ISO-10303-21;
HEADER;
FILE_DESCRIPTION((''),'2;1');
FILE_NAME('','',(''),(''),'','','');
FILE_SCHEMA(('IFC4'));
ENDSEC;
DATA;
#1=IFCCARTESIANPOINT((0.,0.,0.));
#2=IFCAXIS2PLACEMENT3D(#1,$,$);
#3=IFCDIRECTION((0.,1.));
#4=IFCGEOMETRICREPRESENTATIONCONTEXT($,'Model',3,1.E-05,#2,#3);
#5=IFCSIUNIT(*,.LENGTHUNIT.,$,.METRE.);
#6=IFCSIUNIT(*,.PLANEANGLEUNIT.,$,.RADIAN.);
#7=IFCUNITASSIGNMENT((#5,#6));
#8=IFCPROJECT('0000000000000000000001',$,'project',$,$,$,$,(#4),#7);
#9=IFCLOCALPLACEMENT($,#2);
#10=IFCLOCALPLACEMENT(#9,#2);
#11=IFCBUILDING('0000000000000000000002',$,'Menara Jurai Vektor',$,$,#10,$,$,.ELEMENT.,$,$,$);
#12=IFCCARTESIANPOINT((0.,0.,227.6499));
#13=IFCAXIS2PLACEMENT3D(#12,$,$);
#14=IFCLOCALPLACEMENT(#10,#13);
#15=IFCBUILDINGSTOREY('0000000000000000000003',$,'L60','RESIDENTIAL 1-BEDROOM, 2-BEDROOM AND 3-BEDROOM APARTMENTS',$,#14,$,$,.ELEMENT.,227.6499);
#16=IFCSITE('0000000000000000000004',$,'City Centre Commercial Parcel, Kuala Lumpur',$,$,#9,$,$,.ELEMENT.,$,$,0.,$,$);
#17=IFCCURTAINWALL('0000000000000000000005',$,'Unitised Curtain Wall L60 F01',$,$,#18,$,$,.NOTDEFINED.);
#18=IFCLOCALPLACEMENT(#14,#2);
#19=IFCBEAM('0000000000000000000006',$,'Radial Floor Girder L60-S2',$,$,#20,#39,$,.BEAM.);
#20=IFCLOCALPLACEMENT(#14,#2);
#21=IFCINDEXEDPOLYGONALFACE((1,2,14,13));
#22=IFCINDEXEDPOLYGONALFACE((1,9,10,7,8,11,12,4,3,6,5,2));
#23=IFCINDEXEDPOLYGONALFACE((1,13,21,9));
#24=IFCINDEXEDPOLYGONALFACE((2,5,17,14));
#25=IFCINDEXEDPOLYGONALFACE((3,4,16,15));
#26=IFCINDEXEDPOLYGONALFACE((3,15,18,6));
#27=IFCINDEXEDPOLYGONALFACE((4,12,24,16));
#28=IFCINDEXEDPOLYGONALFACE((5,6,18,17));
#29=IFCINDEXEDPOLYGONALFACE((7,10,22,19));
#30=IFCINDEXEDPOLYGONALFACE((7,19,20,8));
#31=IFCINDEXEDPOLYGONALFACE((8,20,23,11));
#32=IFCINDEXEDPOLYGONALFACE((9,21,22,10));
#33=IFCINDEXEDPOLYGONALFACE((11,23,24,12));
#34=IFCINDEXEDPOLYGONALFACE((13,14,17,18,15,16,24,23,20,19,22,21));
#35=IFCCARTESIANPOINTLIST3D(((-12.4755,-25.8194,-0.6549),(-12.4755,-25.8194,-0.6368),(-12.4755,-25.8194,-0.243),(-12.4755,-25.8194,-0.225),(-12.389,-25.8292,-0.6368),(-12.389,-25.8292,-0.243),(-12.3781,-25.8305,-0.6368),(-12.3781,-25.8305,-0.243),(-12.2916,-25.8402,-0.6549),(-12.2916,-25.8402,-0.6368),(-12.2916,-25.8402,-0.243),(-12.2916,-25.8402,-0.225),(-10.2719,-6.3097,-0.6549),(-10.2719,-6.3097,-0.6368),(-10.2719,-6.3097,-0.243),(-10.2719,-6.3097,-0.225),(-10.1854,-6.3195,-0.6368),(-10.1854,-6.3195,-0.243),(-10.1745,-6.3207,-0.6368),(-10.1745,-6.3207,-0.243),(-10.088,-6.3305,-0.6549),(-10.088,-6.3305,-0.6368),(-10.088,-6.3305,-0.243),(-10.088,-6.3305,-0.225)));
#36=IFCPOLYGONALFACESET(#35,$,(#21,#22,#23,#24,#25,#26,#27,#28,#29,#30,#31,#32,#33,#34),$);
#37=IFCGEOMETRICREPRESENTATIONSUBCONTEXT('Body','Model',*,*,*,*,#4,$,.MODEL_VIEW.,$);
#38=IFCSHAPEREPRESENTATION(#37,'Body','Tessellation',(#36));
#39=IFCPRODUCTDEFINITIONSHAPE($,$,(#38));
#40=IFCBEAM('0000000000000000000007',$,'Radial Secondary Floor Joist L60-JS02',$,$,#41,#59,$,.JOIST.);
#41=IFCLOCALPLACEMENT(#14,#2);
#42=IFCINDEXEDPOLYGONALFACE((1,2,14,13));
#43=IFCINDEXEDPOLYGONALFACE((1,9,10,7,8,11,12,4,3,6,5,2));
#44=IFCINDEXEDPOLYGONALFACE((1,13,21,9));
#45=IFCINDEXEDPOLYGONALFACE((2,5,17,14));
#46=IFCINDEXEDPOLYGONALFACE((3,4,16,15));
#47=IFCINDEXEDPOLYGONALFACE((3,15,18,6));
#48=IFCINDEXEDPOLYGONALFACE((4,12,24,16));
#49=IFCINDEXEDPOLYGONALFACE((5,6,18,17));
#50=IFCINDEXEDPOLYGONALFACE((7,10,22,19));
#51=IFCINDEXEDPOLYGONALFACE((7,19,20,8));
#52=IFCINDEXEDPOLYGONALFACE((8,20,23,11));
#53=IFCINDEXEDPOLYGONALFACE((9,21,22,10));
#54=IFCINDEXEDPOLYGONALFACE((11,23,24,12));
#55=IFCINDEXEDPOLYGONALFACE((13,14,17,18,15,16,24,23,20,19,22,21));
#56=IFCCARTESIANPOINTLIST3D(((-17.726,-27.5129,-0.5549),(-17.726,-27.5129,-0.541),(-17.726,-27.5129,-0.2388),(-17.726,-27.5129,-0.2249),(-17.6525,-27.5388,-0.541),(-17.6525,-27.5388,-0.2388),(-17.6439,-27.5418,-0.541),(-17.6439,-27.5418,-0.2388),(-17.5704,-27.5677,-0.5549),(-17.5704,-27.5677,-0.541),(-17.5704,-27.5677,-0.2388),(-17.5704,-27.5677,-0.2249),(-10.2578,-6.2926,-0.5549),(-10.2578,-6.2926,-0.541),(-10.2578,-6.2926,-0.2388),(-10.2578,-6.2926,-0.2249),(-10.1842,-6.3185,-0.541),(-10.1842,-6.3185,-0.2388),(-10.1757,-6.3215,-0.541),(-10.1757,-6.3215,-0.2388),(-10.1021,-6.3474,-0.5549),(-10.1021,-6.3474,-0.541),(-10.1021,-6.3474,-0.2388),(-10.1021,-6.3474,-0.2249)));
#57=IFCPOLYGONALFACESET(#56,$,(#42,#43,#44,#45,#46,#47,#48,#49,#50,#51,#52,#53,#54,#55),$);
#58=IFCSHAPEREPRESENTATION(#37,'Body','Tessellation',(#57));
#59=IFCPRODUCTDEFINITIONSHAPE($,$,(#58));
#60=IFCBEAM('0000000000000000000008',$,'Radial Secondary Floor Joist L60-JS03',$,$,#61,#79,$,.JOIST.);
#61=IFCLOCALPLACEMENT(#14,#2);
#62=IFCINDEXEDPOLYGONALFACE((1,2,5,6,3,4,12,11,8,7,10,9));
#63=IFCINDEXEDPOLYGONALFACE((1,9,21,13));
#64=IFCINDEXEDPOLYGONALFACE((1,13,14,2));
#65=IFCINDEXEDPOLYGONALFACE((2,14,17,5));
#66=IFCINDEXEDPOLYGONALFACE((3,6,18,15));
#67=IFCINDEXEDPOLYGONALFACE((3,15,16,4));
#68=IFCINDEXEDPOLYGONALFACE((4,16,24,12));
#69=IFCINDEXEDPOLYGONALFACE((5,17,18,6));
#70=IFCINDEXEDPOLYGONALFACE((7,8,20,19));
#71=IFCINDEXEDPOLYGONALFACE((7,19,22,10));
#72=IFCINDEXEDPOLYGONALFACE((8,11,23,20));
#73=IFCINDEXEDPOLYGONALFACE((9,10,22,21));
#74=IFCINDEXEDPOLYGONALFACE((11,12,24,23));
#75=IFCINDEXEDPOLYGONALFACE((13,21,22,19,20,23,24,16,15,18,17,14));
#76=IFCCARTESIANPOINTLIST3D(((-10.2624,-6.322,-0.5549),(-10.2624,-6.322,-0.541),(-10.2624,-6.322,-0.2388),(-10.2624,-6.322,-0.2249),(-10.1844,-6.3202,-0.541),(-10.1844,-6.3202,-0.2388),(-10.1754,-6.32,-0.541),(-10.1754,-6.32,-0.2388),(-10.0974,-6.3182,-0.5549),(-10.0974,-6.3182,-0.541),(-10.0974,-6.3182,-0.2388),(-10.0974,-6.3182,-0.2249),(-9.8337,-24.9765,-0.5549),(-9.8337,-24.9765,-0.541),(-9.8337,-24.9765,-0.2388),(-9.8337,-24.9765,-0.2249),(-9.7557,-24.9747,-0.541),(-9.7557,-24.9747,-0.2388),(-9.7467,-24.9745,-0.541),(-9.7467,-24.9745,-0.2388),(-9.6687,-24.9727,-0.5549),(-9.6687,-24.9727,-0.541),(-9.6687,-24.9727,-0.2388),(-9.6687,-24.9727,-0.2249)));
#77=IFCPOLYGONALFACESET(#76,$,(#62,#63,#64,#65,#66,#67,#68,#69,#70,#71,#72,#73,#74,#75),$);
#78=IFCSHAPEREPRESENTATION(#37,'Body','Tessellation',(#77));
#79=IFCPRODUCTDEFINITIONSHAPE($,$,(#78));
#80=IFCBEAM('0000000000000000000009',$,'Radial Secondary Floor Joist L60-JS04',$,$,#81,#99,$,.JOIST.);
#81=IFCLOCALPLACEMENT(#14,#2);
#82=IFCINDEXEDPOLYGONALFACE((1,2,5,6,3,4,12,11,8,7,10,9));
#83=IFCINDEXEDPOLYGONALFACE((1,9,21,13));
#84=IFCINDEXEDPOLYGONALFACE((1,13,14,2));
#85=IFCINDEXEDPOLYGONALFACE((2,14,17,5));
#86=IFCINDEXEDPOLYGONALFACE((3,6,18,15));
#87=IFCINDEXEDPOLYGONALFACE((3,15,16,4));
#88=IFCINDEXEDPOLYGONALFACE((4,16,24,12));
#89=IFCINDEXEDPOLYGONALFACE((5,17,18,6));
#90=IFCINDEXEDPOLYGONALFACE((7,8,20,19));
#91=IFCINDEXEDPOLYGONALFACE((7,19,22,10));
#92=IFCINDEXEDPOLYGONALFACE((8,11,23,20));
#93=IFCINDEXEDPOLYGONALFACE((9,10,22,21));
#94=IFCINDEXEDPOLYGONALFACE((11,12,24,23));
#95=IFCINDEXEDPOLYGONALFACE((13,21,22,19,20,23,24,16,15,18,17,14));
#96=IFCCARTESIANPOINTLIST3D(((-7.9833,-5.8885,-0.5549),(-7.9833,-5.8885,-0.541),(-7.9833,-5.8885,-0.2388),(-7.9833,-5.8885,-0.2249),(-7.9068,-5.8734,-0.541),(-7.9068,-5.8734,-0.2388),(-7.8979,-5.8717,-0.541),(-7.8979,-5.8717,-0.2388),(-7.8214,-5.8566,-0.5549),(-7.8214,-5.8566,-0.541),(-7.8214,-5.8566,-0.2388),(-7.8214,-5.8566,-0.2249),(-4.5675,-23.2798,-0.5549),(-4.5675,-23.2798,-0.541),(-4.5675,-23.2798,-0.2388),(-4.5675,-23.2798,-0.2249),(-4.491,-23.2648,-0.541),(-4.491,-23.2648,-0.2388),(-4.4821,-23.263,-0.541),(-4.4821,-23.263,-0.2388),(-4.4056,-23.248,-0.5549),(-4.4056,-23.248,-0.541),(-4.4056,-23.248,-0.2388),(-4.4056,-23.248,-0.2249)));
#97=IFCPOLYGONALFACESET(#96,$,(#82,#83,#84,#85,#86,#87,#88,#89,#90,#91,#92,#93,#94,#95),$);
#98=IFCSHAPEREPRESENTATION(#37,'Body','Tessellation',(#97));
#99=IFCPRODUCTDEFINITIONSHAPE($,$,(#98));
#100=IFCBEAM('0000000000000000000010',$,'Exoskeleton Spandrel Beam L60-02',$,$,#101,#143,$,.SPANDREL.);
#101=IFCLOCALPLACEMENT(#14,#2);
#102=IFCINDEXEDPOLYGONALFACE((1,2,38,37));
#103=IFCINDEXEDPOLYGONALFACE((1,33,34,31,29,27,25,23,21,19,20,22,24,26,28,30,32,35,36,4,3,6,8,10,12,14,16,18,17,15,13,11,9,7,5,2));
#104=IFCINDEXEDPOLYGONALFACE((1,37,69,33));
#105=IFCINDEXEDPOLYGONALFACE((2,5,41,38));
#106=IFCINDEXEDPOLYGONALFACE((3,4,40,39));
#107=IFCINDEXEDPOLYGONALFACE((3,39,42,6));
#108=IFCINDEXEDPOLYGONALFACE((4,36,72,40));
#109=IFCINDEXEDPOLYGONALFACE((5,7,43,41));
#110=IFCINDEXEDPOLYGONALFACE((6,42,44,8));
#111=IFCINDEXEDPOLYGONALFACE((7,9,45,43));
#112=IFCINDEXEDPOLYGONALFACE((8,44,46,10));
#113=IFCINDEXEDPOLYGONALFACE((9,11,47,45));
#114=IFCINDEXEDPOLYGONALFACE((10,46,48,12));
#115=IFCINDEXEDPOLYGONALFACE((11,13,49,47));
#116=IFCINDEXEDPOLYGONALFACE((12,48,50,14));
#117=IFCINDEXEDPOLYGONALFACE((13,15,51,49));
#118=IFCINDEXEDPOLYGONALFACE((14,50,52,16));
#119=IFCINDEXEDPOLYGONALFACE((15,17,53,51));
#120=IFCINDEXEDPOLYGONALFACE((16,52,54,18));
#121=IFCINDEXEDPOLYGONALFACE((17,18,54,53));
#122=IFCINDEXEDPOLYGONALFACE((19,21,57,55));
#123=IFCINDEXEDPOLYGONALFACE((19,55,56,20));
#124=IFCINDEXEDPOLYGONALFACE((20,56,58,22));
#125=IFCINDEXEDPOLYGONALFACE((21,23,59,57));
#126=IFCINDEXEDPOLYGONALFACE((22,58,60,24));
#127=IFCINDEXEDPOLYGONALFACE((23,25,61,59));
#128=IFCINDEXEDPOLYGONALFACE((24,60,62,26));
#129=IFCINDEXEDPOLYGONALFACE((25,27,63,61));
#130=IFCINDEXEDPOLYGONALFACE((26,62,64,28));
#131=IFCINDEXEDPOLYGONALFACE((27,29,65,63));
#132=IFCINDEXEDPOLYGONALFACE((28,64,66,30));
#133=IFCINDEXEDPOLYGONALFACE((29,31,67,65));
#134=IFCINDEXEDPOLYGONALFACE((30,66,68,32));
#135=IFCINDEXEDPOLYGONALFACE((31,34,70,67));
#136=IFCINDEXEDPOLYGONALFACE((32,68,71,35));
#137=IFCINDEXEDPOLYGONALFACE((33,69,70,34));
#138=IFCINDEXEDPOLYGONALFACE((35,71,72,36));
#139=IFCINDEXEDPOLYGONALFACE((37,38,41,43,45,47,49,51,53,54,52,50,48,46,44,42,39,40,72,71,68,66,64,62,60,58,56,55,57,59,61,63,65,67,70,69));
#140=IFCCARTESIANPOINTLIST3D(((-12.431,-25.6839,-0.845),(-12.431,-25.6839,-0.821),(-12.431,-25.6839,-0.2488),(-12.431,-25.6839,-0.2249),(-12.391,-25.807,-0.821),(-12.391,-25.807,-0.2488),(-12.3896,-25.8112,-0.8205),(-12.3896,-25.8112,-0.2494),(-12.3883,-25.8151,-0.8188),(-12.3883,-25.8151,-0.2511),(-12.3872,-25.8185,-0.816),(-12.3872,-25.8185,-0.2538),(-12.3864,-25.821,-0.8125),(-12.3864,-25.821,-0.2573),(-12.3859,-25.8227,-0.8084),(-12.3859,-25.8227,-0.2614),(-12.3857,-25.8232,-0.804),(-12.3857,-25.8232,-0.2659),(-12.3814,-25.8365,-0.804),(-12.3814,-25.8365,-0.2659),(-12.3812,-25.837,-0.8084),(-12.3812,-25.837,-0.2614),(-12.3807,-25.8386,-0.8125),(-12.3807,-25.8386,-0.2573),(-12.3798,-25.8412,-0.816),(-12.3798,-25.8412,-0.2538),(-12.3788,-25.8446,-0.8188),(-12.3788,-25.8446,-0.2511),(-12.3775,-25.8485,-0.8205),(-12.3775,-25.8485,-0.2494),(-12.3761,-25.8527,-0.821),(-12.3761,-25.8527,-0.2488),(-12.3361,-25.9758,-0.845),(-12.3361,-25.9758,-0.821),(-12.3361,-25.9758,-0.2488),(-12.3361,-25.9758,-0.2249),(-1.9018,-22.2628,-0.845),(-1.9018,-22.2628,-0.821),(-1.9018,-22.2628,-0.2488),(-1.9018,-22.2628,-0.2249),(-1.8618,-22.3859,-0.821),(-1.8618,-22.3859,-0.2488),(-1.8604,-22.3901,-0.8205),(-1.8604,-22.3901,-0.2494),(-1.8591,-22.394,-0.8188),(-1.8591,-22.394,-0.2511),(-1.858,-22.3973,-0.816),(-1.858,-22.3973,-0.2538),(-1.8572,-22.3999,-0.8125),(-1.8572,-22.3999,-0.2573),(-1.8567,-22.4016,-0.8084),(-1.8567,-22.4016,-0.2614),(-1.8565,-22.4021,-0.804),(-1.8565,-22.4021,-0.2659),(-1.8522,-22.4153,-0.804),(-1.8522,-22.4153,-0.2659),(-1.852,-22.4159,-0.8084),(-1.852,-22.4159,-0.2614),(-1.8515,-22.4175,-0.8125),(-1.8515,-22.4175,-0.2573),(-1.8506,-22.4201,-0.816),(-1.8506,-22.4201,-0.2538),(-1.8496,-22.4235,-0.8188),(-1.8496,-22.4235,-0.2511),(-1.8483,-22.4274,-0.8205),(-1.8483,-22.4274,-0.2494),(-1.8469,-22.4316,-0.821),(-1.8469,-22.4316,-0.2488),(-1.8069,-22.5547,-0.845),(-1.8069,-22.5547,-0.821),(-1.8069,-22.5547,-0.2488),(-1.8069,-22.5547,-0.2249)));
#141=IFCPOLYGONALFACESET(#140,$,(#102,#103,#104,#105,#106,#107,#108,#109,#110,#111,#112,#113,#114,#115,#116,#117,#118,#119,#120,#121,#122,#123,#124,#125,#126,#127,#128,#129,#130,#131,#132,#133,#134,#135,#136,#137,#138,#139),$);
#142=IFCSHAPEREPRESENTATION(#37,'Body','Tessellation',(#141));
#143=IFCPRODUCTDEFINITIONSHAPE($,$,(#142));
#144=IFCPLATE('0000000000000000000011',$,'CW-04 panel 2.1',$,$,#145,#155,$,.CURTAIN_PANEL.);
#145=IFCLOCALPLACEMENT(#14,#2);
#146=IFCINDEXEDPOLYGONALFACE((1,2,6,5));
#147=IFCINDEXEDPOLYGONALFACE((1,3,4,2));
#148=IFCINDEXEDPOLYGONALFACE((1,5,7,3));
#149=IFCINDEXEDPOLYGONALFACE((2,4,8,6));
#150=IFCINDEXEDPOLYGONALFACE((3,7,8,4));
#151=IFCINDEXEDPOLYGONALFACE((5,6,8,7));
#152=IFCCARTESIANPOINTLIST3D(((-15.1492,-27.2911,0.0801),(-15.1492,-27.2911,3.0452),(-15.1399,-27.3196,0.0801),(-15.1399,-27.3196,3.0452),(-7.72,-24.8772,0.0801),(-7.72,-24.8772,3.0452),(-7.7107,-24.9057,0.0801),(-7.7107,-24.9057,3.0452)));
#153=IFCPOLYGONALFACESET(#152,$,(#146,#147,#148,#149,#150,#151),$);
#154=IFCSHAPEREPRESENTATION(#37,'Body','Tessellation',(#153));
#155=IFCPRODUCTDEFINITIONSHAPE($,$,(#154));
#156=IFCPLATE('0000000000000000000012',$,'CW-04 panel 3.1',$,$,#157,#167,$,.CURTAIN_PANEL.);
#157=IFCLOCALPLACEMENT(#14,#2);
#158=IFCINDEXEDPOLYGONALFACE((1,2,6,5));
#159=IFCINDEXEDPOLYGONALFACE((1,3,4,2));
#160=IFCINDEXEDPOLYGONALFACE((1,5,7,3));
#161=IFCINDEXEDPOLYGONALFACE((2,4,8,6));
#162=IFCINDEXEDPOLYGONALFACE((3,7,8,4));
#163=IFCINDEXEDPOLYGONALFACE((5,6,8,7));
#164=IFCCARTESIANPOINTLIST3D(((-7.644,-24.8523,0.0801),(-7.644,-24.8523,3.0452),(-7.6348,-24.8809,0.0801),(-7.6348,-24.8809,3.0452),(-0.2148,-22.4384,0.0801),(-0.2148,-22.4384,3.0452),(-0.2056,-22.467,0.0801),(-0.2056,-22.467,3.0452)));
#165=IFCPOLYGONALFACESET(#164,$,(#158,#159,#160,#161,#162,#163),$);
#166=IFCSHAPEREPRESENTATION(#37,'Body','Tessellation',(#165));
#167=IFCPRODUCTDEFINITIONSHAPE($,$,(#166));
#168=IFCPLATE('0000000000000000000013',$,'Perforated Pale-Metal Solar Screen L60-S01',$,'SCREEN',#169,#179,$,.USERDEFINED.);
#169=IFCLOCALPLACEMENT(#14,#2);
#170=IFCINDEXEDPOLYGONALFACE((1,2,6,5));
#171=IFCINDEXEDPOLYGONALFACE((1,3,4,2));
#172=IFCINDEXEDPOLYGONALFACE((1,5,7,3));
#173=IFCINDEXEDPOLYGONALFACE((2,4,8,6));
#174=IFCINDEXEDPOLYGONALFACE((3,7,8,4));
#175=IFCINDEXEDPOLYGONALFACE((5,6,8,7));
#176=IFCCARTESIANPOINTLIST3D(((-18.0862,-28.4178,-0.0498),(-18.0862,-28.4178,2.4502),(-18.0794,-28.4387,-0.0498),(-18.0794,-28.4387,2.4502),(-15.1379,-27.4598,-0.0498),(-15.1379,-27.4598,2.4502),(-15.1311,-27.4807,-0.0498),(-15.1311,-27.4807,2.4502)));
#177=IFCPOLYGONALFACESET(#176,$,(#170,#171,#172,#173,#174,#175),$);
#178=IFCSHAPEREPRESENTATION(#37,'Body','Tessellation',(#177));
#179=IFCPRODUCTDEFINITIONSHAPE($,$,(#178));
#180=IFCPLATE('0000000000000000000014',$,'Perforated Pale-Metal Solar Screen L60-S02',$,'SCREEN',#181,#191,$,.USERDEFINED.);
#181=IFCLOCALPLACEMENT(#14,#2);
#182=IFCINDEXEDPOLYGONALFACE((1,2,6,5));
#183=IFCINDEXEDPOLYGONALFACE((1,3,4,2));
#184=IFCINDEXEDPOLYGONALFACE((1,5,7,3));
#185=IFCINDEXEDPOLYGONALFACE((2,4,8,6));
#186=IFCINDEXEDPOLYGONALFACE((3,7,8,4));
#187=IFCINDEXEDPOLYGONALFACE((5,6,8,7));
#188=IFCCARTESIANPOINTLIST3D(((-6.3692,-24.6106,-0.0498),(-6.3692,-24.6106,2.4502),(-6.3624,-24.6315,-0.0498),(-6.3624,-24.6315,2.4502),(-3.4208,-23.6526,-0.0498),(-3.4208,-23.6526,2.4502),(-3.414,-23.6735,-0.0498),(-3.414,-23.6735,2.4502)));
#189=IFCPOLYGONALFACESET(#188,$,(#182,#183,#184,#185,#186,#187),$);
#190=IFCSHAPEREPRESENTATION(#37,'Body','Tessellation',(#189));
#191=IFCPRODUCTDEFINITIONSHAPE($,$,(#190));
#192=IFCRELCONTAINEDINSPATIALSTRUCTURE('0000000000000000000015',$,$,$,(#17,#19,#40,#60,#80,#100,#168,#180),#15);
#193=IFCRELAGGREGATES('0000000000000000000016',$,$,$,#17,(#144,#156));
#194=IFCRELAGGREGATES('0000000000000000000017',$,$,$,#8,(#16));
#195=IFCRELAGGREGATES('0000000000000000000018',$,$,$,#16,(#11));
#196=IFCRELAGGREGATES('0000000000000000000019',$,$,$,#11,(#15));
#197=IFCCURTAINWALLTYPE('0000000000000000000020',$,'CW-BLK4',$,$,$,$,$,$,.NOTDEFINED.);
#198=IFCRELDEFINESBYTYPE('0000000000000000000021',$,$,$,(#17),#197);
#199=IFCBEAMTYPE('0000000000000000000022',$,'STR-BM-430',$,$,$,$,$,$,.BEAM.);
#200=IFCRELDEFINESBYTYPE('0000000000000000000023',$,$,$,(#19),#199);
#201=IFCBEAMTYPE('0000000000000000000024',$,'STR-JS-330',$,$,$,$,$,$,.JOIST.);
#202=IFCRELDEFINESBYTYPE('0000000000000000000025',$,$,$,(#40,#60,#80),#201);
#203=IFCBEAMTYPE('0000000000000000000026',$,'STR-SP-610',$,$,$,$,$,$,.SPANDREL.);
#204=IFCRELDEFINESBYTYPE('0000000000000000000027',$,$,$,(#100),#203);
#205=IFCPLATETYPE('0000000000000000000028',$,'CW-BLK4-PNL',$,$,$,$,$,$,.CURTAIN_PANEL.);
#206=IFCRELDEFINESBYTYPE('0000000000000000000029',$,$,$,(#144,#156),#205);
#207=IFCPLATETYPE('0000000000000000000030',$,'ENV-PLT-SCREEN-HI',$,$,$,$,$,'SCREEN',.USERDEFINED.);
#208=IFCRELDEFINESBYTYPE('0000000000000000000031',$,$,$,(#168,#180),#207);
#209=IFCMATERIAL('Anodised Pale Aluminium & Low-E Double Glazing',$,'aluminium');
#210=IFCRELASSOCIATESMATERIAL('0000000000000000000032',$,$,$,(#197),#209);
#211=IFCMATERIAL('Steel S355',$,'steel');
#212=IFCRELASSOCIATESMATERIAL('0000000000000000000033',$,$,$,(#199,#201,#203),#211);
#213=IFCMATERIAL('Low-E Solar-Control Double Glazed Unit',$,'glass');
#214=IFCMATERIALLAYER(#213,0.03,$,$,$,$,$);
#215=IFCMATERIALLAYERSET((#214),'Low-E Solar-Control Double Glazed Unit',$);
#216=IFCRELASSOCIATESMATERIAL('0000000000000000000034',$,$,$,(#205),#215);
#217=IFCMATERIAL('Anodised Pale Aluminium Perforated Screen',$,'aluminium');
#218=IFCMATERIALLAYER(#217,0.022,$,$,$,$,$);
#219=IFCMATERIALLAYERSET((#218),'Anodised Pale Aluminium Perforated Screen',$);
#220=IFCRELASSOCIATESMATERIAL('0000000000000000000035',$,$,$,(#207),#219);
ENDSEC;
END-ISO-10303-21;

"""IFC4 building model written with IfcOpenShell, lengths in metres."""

from ifc_helpers import new_model, si_unit, direction, frame, origin, origin_2d, place, context, subcontext, project, spatial, rectangle, i_section, extrude, material, layer, layer_set, material_profile, profile_set, type_object, element, aggregate, save


model = new_model("IFC4")

# Units and contexts
model_context = context("Model", 3, precision=1e-05, world=origin(), true_north=direction((0.0, 1.0)))
body_context = subcontext(model_context, "Body", "Model", "MODEL_VIEW")
ifc_project = project(units=[si_unit("LENGTHUNIT", "METRE"), si_unit("PLANEANGLEUNIT", "RADIAN")], contexts=[model_context])

# Site, building, storey
site_placement = place(None, origin())
site = spatial("IfcSite", under=ifc_project, at=site_placement, Name="City Centre Commercial Parcel, Kuala Lumpur", CompositionType="ELEMENT", RefElevation=0.0)
building_placement = place(site_placement, origin())
building = spatial("IfcBuilding", under=site, at=building_placement, Name="Menara Jurai Vektor", CompositionType="ELEMENT")
storey_placement = place(building_placement, frame((0.0, 0.0, 227.6499)))
storey = spatial("IfcBuildingStorey", under=building, at=storey_placement, Name="L60", Description="RESIDENTIAL 1-BEDROOM, 2-BEDROOM AND 3-BEDROOM APARTMENTS", CompositionType="ELEMENT", Elevation=227.6499)

# Curtain wall
ifc_material_1 = material(Name="Anodised Pale Aluminium & Low-E Double Glazing", Category="aluminium")
curtain_wall_type = type_object("IfcCurtainWallType", Name="CW-BLK4", PredefinedType="NOTDEFINED", material=ifc_material_1)
curtain_wall_placement = place(storey_placement, origin())
curtain_wall = element("IfcCurtainWall", 1, at=curtain_wall_placement, inside=storey, type_object=curtain_wall_type, Name="Unitised Curtain Wall L60 F01", PredefinedType="NOTDEFINED")

# Beams
ifc_material_2 = material(Name="Steel S355", Category="steel")
ifc_material_profile_1 = material_profile(ifc_material_2, i_section(OverallWidth=0.1851, OverallDepth=0.4299, WebThickness=0.011, FlangeThickness=0.0181, at=origin_2d()), Name="PG 430x185x76")
ifc_profile_set_1 = profile_set([ifc_material_profile_1], Name="Steel S355")
beam_type_1 = type_object("IfcBeamType", Name="STR-BM-430", PredefinedType="BEAM", material=ifc_profile_set_1)
beam_1_placement = place(storey_placement, frame((-12.3835, -25.8298, -0.4399), z_axis=(0.112236, 0.993682, 0.0), x_axis=(-0.993682, 0.112236, 0.0)))
element("IfcBeam", 2, at=beam_1_placement, inside=storey, type_object=beam_type_1, Name="Radial Floor Girder L60-S2", PredefinedType="BEAM", context=body_context, shape_type="SweptSolid", body=[
    extrude(i_section(OverallWidth=0.1851, OverallDepth=0.4299, WebThickness=0.011, FlangeThickness=0.0181, at=origin_2d()), origin(), (0.0, 0.0, 1.0), 19.6338),
])
ifc_material_profile_2 = material_profile(ifc_material_2, i_section(OverallWidth=0.165, OverallDepth=0.3301, WebThickness=0.009, FlangeThickness=0.0139, at=origin_2d()), Name="PG 330x165x46")
ifc_profile_set_2 = profile_set([ifc_material_profile_2], Name="Steel S355")
beam_type_2 = type_object("IfcBeamType", Name="STR-JS-330", PredefinedType="JOIST", material=ifc_profile_set_2)
beam_2_placement = place(storey_placement, frame((-17.6482, -27.5403, -0.3899), z_axis=(0.331981, 0.943286, 0.0), x_axis=(-0.943286, 0.331981, 0.0)))
element("IfcBeam", 3, at=beam_2_placement, inside=storey, type_object=beam_type_2, Name="Radial Secondary Floor Joist L60-JS02", PredefinedType="JOIST", context=body_context, shape_type="SweptSolid", body=[
    extrude(i_section(OverallWidth=0.165, OverallDepth=0.3301, WebThickness=0.009, FlangeThickness=0.0139, at=origin_2d()), origin(), (0.0, 0.0, 1.0), 22.4961),
])
beam_3_placement = place(storey_placement, frame((-9.7512, -24.9746, -0.3899), z_axis=(-0.022976, 0.999736, 0.0), x_axis=(-0.999736, -0.022976, 0.0)))
element("IfcBeam", 4, at=beam_3_placement, inside=storey, type_object=beam_type_2, Name="Radial Secondary Floor Joist L60-JS03", PredefinedType="JOIST", context=body_context, shape_type="SweptSolid", body=[
    extrude(i_section(OverallWidth=0.165, OverallDepth=0.3301, WebThickness=0.009, FlangeThickness=0.0139, at=origin_2d()), origin(), (0.0, 0.0, 1.0), 18.6594),
])
beam_4_placement = place(storey_placement, frame((-4.4866, -23.2639, -0.3899), z_axis=(-0.192724, 0.981253, 0.0), x_axis=(-0.981253, -0.192724, 0.0)))
element("IfcBeam", 5, at=beam_4_placement, inside=storey, type_object=beam_type_2, Name="Radial Secondary Floor Joist L60-JS04", PredefinedType="JOIST", context=body_context, shape_type="SweptSolid", body=[
    extrude(i_section(OverallWidth=0.165, OverallDepth=0.3301, WebThickness=0.009, FlangeThickness=0.0139, at=origin_2d()), origin(), (0.0, 0.0, 1.0), 17.7236),
])
ifc_material_profile_3 = material_profile(ifc_material_2, i_section(OverallWidth=0.3069, OverallDepth=0.6201, WebThickness=0.0139, FlangeThickness=0.0239, FilletRadius=0.0171, at=origin_2d()), Name="UKB 610x305x179")
ifc_profile_set_3 = profile_set([ifc_material_profile_3], Name="Steel S355")
beam_type_3 = type_object("IfcBeamType", Name="STR-SP-610", PredefinedType="SPANDREL", material=ifc_profile_set_3)
beam_5_placement = place(storey_placement, frame((-12.3835, -25.8298, -0.5349), z_axis=(0.951057, 0.309014, 0.0), x_axis=(-0.309014, 0.951057, 0.0)))
element("IfcBeam", 6, at=beam_5_placement, inside=storey, type_object=beam_type_3, Name="Exoskeleton Spandrel Beam L60-02", PredefinedType="SPANDREL", context=body_context, shape_type="SweptSolid", body=[
    extrude(i_section(OverallWidth=0.3069, OverallDepth=0.6201, WebThickness=0.0139, FlangeThickness=0.0239, FilletRadius=0.0171, at=origin_2d()), origin(), (0.0, 0.0, 1.0), 11.071),
])

# Plates
ifc_material_3 = material(Name="Low-E Solar-Control Double Glazed Unit", Category="glass")
ifc_layer_1 = layer(ifc_material_3, 0.03)
ifc_layer_set_1 = layer_set([ifc_layer_1], Name="Low-E Solar-Control Double Glazed Unit")
plate_type_1 = type_object("IfcPlateType", Name="CW-BLK4-PNL", PredefinedType="CURTAIN_PANEL", material=ifc_layer_set_1)
plate_1_placement = place(storey_placement, frame((-11.4299, -26.0984, 0.0801), z_axis=(0.0, 0.0, 1.0), x_axis=(0.951056, 0.309017, 0.0)))
plate_1 = element("IfcPlate", 7, at=plate_1_placement, type_object=plate_type_1, Name="CW-04 panel 2.1", PredefinedType="CURTAIN_PANEL", context=body_context, shape_type="SweptSolid", body=[
    extrude(rectangle(XDim=7.8115, YDim=0.03, at=origin_2d()), origin(), (0.0, 0.0, 1.0), 2.9651),
])
plate_2_placement = place(storey_placement, frame((-3.9248, -23.6597, 0.0801), z_axis=(0.0, 0.0, 1.0), x_axis=(0.951056, 0.309017, 0.0)))
plate_2 = element("IfcPlate", 8, at=plate_2_placement, type_object=plate_type_1, Name="CW-04 panel 3.1", PredefinedType="CURTAIN_PANEL", context=body_context, shape_type="SweptSolid", body=[
    extrude(rectangle(XDim=7.8115, YDim=0.03, at=origin_2d()), origin(), (0.0, 0.0, 1.0), 2.9651),
])
aggregate(curtain_wall, [plate_1, plate_2])

# Plates
ifc_material_4 = material(Name="Anodised Pale Aluminium Perforated Screen", Category="aluminium")
ifc_layer_2 = layer(ifc_material_4, 0.022)
ifc_layer_set_2 = layer_set([ifc_layer_2], Name="Anodised Pale Aluminium Perforated Screen")
plate_type_2 = type_object("IfcPlateType", Name="ENV-PLT-SCREEN-HI", ElementType="SCREEN", PredefinedType="USERDEFINED", material=ifc_layer_set_2)
for number, where, z_axis, x_axis, name in (
    (9, (-16.6086, -27.9492, -0.0498), (0.0, 0.0, 1.0), (0.951057, 0.309017, 0.0), "Perforated Pale-Metal Solar Screen L60-S01"),
    (10, (-4.8916, -24.1421, -0.0498), (0.0, 0.0, 1.0), (0.951057, 0.309017, 0.0), "Perforated Pale-Metal Solar Screen L60-S02"),
):
    element("IfcPlate", number, at=place(storey_placement, frame(where, z_axis=z_axis, x_axis=x_axis)), inside=storey, type_object=plate_type_2, Name=name, ObjectType="SCREEN", PredefinedType="USERDEFINED", context=body_context, shape_type="SweptSolid", body=[
        extrude(rectangle(XDim=3.1001, YDim=0.022, at=origin_2d()), origin(), (0.0, 0.0, 1.0), 2.5),
    ])

save(model, "model.ifc")
